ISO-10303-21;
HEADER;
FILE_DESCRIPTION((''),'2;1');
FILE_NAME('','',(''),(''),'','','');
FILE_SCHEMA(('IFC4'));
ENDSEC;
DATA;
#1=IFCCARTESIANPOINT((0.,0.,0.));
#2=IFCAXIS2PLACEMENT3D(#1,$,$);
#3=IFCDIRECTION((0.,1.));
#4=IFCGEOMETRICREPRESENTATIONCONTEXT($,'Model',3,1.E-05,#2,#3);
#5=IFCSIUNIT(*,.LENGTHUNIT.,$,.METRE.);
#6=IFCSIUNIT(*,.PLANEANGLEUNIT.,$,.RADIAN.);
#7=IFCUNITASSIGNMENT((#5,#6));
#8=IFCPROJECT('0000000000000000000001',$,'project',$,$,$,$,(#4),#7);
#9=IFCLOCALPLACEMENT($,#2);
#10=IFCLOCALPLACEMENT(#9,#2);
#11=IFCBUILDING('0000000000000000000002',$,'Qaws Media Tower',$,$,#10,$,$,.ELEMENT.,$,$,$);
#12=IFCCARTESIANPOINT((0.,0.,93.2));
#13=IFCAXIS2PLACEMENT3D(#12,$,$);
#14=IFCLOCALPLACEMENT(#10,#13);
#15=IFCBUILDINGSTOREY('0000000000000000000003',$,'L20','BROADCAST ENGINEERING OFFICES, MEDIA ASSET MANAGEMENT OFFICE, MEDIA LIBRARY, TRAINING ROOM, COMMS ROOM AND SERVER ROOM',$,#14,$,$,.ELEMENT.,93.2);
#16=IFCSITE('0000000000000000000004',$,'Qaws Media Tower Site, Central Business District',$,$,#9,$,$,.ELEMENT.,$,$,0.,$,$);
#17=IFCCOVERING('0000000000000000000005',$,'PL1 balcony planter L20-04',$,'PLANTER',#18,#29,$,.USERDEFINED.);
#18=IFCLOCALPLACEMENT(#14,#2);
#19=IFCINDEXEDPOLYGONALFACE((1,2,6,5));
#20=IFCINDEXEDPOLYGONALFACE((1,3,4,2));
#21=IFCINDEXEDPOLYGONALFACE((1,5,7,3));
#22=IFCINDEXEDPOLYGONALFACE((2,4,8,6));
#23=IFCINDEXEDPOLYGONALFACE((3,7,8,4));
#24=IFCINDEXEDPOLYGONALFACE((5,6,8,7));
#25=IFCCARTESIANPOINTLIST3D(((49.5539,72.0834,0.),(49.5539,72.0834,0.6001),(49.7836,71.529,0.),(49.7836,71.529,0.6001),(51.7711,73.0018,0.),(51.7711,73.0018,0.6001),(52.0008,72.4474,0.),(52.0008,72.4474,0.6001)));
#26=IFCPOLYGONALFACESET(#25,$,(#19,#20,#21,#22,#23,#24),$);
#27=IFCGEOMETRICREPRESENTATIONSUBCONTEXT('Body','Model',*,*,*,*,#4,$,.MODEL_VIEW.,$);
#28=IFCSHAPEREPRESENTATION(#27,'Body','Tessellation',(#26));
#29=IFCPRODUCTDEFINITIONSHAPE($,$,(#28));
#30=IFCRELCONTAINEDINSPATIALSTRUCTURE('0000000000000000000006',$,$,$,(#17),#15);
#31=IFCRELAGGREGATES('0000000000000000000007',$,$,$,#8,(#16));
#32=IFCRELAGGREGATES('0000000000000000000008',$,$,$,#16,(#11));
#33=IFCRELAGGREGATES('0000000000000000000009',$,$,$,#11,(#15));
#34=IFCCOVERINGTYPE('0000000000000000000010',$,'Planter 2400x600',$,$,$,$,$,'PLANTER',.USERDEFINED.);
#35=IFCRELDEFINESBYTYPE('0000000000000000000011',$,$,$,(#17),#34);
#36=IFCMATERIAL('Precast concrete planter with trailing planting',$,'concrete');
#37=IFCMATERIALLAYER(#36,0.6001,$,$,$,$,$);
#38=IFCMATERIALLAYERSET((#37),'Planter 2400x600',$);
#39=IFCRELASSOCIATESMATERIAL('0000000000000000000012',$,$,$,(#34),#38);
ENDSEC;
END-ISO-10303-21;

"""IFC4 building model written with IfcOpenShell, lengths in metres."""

from ifc_helpers import new_model, si_unit, direction, frame, origin, origin_2d, place, context, subcontext, project, spatial, rectangle, extrude, material, layer, layer_set, type_object, element, save


model = new_model("IFC4")

# Units and contexts
model_context = context("Model", 3, precision=1e-05, world=origin(), true_north=direction((0.0, 1.0)))
body_context = subcontext(model_context, "Body", "Model", "MODEL_VIEW")
ifc_project = project(units=[si_unit("LENGTHUNIT", "METRE"), si_unit("PLANEANGLEUNIT", "RADIAN")], contexts=[model_context])

# Site, building, storey
site_placement = place(None, origin())
site = spatial("IfcSite", under=ifc_project, at=site_placement, Name="Qaws Media Tower Site, Central Business District", CompositionType="ELEMENT", RefElevation=0.0)
building_placement = place(site_placement, origin())
building = spatial("IfcBuilding", under=site, at=building_placement, Name="Qaws Media Tower", CompositionType="ELEMENT")
storey_placement = place(building_placement, frame((0.0, 0.0, 93.2)))
storey = spatial("IfcBuildingStorey", under=building, at=storey_placement, Name="L20", Description="BROADCAST ENGINEERING OFFICES, MEDIA ASSET MANAGEMENT OFFICE, MEDIA LIBRARY, TRAINING ROOM, COMMS ROOM AND SERVER ROOM", CompositionType="ELEMENT", Elevation=93.2)

# Covering
ifc_material_1 = material(Name="Precast concrete planter with trailing planting", Category="concrete")
ifc_layer_1 = layer(ifc_material_1, 0.6001)
ifc_layer_set_1 = layer_set([ifc_layer_1], Name="Planter 2400x600")
covering_type = type_object("IfcCoveringType", Name="Planter 2400x600", ElementType="PLANTER", PredefinedType="USERDEFINED", material=ifc_layer_set_1)
covering_placement = place(storey_placement, frame((50.7773, 72.2654, 0.0), z_axis=(0.0, 0.0, 1.0), x_axis=(-0.92388, -0.382683, 0.0)))
element("IfcCovering", 1, at=covering_placement, inside=storey, type_object=covering_type, Name="PL1 balcony planter L20-04", ObjectType="PLANTER", PredefinedType="USERDEFINED", context=body_context, shape_type="SweptSolid", body=[
    extrude(rectangle(XDim=2.3999, YDim=0.6001, at=origin_2d()), origin(), (0.0, 0.0, 1.0), 0.6001),
])

save(model, "model.ifc")
